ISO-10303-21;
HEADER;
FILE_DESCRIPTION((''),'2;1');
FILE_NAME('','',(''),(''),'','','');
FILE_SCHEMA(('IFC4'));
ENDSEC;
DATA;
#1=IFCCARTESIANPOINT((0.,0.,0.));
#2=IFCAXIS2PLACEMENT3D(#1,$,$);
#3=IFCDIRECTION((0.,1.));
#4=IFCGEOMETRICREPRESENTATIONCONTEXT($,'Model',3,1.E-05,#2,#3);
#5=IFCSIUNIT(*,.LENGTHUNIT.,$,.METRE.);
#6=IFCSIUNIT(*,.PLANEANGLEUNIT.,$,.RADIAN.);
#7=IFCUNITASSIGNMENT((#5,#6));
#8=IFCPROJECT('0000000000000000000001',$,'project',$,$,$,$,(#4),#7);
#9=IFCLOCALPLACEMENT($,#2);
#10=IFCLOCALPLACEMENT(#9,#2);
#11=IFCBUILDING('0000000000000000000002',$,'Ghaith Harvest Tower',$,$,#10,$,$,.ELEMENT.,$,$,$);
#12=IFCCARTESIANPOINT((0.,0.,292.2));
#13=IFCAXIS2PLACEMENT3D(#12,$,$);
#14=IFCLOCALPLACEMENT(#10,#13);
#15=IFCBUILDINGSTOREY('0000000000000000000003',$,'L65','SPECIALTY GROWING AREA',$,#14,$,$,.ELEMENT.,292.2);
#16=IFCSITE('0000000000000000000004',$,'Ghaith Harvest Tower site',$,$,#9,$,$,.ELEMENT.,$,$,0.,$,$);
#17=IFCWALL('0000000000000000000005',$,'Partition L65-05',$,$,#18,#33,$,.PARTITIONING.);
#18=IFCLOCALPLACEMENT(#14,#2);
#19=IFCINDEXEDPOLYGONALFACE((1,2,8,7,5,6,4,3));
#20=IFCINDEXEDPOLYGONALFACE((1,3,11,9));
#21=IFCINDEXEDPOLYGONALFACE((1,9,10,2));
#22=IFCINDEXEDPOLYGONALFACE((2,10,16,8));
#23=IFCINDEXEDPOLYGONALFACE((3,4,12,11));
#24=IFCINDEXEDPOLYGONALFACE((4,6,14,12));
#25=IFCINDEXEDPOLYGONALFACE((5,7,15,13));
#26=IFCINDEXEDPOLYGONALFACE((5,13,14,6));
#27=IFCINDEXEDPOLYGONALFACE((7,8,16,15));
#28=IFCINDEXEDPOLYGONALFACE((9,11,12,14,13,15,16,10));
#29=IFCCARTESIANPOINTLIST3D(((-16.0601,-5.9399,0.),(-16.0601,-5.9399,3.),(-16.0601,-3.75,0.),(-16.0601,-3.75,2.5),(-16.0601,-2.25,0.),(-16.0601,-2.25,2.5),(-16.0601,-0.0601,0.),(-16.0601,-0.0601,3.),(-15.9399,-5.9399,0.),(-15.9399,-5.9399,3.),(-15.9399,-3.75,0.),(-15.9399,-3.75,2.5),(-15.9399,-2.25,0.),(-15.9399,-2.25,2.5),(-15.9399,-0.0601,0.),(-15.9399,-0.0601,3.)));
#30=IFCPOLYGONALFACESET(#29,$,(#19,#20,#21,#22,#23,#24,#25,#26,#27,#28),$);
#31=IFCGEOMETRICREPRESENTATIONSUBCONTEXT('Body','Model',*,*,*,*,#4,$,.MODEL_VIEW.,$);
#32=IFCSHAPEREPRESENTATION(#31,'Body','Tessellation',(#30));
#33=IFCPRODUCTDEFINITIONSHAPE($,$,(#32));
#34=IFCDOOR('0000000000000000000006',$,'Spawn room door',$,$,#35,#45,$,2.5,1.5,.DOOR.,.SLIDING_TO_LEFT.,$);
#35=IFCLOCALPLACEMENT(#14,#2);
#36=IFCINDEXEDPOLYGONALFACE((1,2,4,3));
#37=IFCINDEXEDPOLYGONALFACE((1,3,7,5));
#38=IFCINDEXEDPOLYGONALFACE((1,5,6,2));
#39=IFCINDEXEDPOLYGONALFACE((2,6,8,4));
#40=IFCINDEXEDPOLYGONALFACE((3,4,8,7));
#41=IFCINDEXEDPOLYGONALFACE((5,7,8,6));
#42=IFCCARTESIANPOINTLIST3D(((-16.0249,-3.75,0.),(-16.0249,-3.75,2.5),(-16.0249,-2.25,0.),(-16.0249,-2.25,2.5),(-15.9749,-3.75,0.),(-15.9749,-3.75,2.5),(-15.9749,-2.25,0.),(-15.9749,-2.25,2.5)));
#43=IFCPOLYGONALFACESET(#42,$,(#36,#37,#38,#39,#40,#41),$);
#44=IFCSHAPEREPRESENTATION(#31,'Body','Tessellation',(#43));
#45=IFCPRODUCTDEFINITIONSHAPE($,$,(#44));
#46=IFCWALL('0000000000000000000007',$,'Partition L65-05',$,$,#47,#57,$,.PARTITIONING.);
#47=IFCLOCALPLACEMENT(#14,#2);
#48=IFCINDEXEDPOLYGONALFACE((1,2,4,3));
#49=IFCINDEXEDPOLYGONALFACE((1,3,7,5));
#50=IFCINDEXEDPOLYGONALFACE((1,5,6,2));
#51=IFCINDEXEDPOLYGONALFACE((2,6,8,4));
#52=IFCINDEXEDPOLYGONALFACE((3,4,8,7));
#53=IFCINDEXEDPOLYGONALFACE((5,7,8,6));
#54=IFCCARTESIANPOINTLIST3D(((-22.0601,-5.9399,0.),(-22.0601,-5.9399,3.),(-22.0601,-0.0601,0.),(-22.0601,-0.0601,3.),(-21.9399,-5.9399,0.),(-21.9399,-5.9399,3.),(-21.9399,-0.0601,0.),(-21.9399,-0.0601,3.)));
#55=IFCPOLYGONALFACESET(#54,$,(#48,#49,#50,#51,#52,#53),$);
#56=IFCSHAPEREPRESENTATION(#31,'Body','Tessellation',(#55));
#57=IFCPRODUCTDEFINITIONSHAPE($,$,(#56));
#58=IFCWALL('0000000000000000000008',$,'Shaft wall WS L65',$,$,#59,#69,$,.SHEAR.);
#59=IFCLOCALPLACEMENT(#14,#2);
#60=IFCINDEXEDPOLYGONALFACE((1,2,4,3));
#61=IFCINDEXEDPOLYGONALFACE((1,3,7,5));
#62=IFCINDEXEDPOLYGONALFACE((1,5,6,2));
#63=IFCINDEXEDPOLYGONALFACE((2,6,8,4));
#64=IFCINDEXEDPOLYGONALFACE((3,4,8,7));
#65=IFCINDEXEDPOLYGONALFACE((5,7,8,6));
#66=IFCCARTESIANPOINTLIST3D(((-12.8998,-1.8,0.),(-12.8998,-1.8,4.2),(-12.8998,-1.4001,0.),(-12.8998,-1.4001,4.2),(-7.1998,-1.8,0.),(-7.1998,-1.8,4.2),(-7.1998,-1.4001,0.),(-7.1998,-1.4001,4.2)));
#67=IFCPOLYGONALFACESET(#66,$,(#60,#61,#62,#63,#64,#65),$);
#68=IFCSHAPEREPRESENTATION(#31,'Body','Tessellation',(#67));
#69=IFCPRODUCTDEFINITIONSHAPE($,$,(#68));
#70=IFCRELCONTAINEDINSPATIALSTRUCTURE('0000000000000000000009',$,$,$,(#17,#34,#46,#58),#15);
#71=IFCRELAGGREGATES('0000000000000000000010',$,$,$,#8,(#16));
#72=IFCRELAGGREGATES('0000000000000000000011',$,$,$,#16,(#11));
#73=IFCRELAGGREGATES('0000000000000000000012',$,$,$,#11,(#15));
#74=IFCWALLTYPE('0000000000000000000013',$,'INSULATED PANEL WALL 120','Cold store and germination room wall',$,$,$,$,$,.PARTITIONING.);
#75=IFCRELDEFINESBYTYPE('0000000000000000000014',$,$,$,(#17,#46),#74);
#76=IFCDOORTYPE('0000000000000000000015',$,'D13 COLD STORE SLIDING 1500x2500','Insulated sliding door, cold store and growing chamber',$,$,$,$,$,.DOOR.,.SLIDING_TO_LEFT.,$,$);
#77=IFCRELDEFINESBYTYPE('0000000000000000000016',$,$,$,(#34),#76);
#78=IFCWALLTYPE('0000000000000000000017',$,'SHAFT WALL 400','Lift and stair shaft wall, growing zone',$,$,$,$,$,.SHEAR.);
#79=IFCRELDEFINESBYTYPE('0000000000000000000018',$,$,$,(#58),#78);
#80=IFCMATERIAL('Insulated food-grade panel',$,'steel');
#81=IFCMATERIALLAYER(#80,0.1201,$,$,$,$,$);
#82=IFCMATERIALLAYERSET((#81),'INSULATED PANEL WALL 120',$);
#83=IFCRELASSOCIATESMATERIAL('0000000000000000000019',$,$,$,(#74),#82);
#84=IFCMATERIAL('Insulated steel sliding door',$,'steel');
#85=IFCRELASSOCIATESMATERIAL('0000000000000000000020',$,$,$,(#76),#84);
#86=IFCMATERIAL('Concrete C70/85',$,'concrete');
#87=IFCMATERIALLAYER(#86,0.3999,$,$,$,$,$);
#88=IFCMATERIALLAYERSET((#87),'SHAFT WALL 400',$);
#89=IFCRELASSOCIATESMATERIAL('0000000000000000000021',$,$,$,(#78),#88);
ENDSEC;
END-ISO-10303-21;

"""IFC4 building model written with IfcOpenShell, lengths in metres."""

from ifc_helpers import new_model, si_unit, direction, frame, frame_2d, origin, place, context, subcontext, project, spatial, rectangle, extrude, material, layer, layer_set, type_object, element, fill, save


model = new_model("IFC4")

# Units and contexts
model_context = context("Model", 3, precision=1e-05, world=origin(), true_north=direction((0.0, 1.0)))
body_context = subcontext(model_context, "Body", "Model", "MODEL_VIEW")
ifc_project = project(units=[si_unit("LENGTHUNIT", "METRE"), si_unit("PLANEANGLEUNIT", "RADIAN")], contexts=[model_context])

# Site, building, storey
site_placement = place(None, origin())
site = spatial("IfcSite", under=ifc_project, at=site_placement, Name="Ghaith Harvest Tower site", CompositionType="ELEMENT", RefElevation=0.0)
building_placement = place(site_placement, origin())
building = spatial("IfcBuilding", under=site, at=building_placement, Name="Ghaith Harvest Tower", CompositionType="ELEMENT")
storey_placement = place(building_placement, frame((0.0, 0.0, 292.2)))
storey = spatial("IfcBuildingStorey", under=building, at=storey_placement, Name="L65", Description="SPECIALTY GROWING AREA", CompositionType="ELEMENT", Elevation=292.2)

# Shared definitions
ifc_material_1 = material(Name="Insulated food-grade panel", Category="steel")
ifc_layer_1 = layer(ifc_material_1, 0.1201)
ifc_layer_set_1 = layer_set([ifc_layer_1], Name="INSULATED PANEL WALL 120")
wall_type_1 = type_object("IfcWallType", Name="INSULATED PANEL WALL 120", Description="Cold store and germination room wall", PredefinedType="PARTITIONING", material=ifc_layer_set_1)

# Wall, opening, door
wall_1_placement = place(storey_placement, frame((-16.0, -5.9399, 0.0), z_axis=(0.0, 0.0, 1.0), x_axis=(0.0, 1.0, 0.0)))
wall_1 = element("IfcWall", 1, at=wall_1_placement, inside=storey, type_object=wall_type_1, Name="Partition L65-05", PredefinedType="PARTITIONING", context=body_context, shape_type="SweptSolid", body=[
    extrude(rectangle(XDim=5.8799, YDim=0.1201, at=frame_2d((2.9399, 0.0))), origin(), (0.0, 0.0, 1.0), 3.0),
])
opening_1_placement = place(wall_1_placement, frame((2.1899, 0.0, 0.0)))
opening_1 = element("IfcOpeningElement", 2, at=opening_1_placement, cuts=wall_1, PredefinedType="OPENING", context=body_context, shape_type="SweptSolid", body=[
    extrude(rectangle(XDim=1.5, YDim=2.5, at=frame_2d((0.75, 1.25))), frame((0.0, 0.0701, 0.0), z_axis=(0.0, -1.0, 0.0), x_axis=(1.0, 0.0, 0.0)), (0.0, 0.0, 1.0), 0.1401),
])
ifc_material_2 = material(Name="Insulated steel sliding door", Category="steel")
door_type_1 = type_object("IfcDoorType", Name="D13 COLD STORE SLIDING 1500x2500", Description="Insulated sliding door, cold store and growing chamber", OperationType="SLIDING_TO_LEFT", PredefinedType="DOOR", material=ifc_material_2)
door_1_placement = place(opening_1_placement, origin())
door_1 = element("IfcDoor", 3, at=door_1_placement, inside=storey, type_object=door_type_1, Name="Spawn room door", OperationType="SLIDING_TO_LEFT", OverallHeight=2.5, OverallWidth=1.5, PredefinedType="DOOR", context=body_context, shape_type="SweptSolid", body=[
    extrude(rectangle(XDim=1.5, YDim=2.5, at=frame_2d((0.75, 1.25))), frame((0.0, 0.0249, 0.0), z_axis=(0.0, -1.0, 0.0), x_axis=(1.0, 0.0, 0.0)), (0.0, 0.0, 1.0), 0.05),
])
fill(opening_1, door_1)

# Wall
wall_2_placement = place(storey_placement, frame((-22.0, -5.9399, 0.0), z_axis=(0.0, 0.0, 1.0), x_axis=(0.0, 1.0, 0.0)))
element("IfcWall", 4, at=wall_2_placement, inside=storey, type_object=wall_type_1, Name="Partition L65-05", PredefinedType="PARTITIONING", context=body_context, shape_type="SweptSolid", body=[
    extrude(rectangle(XDim=5.8799, YDim=0.1201, at=frame_2d((2.9399, 0.0))), origin(), (0.0, 0.0, 1.0), 3.0),
])

# Wall
ifc_material_3 = material(Name="Concrete C70/85", Category="concrete")
ifc_layer_2 = layer(ifc_material_3, 0.3999)
ifc_layer_set_2 = layer_set([ifc_layer_2], Name="SHAFT WALL 400")
wall_type_2 = type_object("IfcWallType", Name="SHAFT WALL 400", Description="Lift and stair shaft wall, growing zone", PredefinedType="SHEAR", material=ifc_layer_set_2)
wall_3_placement = place(storey_placement, frame((-12.8999, -1.6001, 0.0), z_axis=(0.0, 0.0, 1.0), x_axis=(1.0, 0.0, 0.0)))
element("IfcWall", 5, at=wall_3_placement, inside=storey, type_object=wall_type_2, Name="Shaft wall WS L65", PredefinedType="SHEAR", context=body_context, shape_type="SweptSolid", body=[
    extrude(rectangle(XDim=5.7, YDim=0.3999, at=frame_2d((2.8501, 0.0))), origin(), (0.0, 0.0, 1.0), 4.2),
])

save(model, "model.ifc")
